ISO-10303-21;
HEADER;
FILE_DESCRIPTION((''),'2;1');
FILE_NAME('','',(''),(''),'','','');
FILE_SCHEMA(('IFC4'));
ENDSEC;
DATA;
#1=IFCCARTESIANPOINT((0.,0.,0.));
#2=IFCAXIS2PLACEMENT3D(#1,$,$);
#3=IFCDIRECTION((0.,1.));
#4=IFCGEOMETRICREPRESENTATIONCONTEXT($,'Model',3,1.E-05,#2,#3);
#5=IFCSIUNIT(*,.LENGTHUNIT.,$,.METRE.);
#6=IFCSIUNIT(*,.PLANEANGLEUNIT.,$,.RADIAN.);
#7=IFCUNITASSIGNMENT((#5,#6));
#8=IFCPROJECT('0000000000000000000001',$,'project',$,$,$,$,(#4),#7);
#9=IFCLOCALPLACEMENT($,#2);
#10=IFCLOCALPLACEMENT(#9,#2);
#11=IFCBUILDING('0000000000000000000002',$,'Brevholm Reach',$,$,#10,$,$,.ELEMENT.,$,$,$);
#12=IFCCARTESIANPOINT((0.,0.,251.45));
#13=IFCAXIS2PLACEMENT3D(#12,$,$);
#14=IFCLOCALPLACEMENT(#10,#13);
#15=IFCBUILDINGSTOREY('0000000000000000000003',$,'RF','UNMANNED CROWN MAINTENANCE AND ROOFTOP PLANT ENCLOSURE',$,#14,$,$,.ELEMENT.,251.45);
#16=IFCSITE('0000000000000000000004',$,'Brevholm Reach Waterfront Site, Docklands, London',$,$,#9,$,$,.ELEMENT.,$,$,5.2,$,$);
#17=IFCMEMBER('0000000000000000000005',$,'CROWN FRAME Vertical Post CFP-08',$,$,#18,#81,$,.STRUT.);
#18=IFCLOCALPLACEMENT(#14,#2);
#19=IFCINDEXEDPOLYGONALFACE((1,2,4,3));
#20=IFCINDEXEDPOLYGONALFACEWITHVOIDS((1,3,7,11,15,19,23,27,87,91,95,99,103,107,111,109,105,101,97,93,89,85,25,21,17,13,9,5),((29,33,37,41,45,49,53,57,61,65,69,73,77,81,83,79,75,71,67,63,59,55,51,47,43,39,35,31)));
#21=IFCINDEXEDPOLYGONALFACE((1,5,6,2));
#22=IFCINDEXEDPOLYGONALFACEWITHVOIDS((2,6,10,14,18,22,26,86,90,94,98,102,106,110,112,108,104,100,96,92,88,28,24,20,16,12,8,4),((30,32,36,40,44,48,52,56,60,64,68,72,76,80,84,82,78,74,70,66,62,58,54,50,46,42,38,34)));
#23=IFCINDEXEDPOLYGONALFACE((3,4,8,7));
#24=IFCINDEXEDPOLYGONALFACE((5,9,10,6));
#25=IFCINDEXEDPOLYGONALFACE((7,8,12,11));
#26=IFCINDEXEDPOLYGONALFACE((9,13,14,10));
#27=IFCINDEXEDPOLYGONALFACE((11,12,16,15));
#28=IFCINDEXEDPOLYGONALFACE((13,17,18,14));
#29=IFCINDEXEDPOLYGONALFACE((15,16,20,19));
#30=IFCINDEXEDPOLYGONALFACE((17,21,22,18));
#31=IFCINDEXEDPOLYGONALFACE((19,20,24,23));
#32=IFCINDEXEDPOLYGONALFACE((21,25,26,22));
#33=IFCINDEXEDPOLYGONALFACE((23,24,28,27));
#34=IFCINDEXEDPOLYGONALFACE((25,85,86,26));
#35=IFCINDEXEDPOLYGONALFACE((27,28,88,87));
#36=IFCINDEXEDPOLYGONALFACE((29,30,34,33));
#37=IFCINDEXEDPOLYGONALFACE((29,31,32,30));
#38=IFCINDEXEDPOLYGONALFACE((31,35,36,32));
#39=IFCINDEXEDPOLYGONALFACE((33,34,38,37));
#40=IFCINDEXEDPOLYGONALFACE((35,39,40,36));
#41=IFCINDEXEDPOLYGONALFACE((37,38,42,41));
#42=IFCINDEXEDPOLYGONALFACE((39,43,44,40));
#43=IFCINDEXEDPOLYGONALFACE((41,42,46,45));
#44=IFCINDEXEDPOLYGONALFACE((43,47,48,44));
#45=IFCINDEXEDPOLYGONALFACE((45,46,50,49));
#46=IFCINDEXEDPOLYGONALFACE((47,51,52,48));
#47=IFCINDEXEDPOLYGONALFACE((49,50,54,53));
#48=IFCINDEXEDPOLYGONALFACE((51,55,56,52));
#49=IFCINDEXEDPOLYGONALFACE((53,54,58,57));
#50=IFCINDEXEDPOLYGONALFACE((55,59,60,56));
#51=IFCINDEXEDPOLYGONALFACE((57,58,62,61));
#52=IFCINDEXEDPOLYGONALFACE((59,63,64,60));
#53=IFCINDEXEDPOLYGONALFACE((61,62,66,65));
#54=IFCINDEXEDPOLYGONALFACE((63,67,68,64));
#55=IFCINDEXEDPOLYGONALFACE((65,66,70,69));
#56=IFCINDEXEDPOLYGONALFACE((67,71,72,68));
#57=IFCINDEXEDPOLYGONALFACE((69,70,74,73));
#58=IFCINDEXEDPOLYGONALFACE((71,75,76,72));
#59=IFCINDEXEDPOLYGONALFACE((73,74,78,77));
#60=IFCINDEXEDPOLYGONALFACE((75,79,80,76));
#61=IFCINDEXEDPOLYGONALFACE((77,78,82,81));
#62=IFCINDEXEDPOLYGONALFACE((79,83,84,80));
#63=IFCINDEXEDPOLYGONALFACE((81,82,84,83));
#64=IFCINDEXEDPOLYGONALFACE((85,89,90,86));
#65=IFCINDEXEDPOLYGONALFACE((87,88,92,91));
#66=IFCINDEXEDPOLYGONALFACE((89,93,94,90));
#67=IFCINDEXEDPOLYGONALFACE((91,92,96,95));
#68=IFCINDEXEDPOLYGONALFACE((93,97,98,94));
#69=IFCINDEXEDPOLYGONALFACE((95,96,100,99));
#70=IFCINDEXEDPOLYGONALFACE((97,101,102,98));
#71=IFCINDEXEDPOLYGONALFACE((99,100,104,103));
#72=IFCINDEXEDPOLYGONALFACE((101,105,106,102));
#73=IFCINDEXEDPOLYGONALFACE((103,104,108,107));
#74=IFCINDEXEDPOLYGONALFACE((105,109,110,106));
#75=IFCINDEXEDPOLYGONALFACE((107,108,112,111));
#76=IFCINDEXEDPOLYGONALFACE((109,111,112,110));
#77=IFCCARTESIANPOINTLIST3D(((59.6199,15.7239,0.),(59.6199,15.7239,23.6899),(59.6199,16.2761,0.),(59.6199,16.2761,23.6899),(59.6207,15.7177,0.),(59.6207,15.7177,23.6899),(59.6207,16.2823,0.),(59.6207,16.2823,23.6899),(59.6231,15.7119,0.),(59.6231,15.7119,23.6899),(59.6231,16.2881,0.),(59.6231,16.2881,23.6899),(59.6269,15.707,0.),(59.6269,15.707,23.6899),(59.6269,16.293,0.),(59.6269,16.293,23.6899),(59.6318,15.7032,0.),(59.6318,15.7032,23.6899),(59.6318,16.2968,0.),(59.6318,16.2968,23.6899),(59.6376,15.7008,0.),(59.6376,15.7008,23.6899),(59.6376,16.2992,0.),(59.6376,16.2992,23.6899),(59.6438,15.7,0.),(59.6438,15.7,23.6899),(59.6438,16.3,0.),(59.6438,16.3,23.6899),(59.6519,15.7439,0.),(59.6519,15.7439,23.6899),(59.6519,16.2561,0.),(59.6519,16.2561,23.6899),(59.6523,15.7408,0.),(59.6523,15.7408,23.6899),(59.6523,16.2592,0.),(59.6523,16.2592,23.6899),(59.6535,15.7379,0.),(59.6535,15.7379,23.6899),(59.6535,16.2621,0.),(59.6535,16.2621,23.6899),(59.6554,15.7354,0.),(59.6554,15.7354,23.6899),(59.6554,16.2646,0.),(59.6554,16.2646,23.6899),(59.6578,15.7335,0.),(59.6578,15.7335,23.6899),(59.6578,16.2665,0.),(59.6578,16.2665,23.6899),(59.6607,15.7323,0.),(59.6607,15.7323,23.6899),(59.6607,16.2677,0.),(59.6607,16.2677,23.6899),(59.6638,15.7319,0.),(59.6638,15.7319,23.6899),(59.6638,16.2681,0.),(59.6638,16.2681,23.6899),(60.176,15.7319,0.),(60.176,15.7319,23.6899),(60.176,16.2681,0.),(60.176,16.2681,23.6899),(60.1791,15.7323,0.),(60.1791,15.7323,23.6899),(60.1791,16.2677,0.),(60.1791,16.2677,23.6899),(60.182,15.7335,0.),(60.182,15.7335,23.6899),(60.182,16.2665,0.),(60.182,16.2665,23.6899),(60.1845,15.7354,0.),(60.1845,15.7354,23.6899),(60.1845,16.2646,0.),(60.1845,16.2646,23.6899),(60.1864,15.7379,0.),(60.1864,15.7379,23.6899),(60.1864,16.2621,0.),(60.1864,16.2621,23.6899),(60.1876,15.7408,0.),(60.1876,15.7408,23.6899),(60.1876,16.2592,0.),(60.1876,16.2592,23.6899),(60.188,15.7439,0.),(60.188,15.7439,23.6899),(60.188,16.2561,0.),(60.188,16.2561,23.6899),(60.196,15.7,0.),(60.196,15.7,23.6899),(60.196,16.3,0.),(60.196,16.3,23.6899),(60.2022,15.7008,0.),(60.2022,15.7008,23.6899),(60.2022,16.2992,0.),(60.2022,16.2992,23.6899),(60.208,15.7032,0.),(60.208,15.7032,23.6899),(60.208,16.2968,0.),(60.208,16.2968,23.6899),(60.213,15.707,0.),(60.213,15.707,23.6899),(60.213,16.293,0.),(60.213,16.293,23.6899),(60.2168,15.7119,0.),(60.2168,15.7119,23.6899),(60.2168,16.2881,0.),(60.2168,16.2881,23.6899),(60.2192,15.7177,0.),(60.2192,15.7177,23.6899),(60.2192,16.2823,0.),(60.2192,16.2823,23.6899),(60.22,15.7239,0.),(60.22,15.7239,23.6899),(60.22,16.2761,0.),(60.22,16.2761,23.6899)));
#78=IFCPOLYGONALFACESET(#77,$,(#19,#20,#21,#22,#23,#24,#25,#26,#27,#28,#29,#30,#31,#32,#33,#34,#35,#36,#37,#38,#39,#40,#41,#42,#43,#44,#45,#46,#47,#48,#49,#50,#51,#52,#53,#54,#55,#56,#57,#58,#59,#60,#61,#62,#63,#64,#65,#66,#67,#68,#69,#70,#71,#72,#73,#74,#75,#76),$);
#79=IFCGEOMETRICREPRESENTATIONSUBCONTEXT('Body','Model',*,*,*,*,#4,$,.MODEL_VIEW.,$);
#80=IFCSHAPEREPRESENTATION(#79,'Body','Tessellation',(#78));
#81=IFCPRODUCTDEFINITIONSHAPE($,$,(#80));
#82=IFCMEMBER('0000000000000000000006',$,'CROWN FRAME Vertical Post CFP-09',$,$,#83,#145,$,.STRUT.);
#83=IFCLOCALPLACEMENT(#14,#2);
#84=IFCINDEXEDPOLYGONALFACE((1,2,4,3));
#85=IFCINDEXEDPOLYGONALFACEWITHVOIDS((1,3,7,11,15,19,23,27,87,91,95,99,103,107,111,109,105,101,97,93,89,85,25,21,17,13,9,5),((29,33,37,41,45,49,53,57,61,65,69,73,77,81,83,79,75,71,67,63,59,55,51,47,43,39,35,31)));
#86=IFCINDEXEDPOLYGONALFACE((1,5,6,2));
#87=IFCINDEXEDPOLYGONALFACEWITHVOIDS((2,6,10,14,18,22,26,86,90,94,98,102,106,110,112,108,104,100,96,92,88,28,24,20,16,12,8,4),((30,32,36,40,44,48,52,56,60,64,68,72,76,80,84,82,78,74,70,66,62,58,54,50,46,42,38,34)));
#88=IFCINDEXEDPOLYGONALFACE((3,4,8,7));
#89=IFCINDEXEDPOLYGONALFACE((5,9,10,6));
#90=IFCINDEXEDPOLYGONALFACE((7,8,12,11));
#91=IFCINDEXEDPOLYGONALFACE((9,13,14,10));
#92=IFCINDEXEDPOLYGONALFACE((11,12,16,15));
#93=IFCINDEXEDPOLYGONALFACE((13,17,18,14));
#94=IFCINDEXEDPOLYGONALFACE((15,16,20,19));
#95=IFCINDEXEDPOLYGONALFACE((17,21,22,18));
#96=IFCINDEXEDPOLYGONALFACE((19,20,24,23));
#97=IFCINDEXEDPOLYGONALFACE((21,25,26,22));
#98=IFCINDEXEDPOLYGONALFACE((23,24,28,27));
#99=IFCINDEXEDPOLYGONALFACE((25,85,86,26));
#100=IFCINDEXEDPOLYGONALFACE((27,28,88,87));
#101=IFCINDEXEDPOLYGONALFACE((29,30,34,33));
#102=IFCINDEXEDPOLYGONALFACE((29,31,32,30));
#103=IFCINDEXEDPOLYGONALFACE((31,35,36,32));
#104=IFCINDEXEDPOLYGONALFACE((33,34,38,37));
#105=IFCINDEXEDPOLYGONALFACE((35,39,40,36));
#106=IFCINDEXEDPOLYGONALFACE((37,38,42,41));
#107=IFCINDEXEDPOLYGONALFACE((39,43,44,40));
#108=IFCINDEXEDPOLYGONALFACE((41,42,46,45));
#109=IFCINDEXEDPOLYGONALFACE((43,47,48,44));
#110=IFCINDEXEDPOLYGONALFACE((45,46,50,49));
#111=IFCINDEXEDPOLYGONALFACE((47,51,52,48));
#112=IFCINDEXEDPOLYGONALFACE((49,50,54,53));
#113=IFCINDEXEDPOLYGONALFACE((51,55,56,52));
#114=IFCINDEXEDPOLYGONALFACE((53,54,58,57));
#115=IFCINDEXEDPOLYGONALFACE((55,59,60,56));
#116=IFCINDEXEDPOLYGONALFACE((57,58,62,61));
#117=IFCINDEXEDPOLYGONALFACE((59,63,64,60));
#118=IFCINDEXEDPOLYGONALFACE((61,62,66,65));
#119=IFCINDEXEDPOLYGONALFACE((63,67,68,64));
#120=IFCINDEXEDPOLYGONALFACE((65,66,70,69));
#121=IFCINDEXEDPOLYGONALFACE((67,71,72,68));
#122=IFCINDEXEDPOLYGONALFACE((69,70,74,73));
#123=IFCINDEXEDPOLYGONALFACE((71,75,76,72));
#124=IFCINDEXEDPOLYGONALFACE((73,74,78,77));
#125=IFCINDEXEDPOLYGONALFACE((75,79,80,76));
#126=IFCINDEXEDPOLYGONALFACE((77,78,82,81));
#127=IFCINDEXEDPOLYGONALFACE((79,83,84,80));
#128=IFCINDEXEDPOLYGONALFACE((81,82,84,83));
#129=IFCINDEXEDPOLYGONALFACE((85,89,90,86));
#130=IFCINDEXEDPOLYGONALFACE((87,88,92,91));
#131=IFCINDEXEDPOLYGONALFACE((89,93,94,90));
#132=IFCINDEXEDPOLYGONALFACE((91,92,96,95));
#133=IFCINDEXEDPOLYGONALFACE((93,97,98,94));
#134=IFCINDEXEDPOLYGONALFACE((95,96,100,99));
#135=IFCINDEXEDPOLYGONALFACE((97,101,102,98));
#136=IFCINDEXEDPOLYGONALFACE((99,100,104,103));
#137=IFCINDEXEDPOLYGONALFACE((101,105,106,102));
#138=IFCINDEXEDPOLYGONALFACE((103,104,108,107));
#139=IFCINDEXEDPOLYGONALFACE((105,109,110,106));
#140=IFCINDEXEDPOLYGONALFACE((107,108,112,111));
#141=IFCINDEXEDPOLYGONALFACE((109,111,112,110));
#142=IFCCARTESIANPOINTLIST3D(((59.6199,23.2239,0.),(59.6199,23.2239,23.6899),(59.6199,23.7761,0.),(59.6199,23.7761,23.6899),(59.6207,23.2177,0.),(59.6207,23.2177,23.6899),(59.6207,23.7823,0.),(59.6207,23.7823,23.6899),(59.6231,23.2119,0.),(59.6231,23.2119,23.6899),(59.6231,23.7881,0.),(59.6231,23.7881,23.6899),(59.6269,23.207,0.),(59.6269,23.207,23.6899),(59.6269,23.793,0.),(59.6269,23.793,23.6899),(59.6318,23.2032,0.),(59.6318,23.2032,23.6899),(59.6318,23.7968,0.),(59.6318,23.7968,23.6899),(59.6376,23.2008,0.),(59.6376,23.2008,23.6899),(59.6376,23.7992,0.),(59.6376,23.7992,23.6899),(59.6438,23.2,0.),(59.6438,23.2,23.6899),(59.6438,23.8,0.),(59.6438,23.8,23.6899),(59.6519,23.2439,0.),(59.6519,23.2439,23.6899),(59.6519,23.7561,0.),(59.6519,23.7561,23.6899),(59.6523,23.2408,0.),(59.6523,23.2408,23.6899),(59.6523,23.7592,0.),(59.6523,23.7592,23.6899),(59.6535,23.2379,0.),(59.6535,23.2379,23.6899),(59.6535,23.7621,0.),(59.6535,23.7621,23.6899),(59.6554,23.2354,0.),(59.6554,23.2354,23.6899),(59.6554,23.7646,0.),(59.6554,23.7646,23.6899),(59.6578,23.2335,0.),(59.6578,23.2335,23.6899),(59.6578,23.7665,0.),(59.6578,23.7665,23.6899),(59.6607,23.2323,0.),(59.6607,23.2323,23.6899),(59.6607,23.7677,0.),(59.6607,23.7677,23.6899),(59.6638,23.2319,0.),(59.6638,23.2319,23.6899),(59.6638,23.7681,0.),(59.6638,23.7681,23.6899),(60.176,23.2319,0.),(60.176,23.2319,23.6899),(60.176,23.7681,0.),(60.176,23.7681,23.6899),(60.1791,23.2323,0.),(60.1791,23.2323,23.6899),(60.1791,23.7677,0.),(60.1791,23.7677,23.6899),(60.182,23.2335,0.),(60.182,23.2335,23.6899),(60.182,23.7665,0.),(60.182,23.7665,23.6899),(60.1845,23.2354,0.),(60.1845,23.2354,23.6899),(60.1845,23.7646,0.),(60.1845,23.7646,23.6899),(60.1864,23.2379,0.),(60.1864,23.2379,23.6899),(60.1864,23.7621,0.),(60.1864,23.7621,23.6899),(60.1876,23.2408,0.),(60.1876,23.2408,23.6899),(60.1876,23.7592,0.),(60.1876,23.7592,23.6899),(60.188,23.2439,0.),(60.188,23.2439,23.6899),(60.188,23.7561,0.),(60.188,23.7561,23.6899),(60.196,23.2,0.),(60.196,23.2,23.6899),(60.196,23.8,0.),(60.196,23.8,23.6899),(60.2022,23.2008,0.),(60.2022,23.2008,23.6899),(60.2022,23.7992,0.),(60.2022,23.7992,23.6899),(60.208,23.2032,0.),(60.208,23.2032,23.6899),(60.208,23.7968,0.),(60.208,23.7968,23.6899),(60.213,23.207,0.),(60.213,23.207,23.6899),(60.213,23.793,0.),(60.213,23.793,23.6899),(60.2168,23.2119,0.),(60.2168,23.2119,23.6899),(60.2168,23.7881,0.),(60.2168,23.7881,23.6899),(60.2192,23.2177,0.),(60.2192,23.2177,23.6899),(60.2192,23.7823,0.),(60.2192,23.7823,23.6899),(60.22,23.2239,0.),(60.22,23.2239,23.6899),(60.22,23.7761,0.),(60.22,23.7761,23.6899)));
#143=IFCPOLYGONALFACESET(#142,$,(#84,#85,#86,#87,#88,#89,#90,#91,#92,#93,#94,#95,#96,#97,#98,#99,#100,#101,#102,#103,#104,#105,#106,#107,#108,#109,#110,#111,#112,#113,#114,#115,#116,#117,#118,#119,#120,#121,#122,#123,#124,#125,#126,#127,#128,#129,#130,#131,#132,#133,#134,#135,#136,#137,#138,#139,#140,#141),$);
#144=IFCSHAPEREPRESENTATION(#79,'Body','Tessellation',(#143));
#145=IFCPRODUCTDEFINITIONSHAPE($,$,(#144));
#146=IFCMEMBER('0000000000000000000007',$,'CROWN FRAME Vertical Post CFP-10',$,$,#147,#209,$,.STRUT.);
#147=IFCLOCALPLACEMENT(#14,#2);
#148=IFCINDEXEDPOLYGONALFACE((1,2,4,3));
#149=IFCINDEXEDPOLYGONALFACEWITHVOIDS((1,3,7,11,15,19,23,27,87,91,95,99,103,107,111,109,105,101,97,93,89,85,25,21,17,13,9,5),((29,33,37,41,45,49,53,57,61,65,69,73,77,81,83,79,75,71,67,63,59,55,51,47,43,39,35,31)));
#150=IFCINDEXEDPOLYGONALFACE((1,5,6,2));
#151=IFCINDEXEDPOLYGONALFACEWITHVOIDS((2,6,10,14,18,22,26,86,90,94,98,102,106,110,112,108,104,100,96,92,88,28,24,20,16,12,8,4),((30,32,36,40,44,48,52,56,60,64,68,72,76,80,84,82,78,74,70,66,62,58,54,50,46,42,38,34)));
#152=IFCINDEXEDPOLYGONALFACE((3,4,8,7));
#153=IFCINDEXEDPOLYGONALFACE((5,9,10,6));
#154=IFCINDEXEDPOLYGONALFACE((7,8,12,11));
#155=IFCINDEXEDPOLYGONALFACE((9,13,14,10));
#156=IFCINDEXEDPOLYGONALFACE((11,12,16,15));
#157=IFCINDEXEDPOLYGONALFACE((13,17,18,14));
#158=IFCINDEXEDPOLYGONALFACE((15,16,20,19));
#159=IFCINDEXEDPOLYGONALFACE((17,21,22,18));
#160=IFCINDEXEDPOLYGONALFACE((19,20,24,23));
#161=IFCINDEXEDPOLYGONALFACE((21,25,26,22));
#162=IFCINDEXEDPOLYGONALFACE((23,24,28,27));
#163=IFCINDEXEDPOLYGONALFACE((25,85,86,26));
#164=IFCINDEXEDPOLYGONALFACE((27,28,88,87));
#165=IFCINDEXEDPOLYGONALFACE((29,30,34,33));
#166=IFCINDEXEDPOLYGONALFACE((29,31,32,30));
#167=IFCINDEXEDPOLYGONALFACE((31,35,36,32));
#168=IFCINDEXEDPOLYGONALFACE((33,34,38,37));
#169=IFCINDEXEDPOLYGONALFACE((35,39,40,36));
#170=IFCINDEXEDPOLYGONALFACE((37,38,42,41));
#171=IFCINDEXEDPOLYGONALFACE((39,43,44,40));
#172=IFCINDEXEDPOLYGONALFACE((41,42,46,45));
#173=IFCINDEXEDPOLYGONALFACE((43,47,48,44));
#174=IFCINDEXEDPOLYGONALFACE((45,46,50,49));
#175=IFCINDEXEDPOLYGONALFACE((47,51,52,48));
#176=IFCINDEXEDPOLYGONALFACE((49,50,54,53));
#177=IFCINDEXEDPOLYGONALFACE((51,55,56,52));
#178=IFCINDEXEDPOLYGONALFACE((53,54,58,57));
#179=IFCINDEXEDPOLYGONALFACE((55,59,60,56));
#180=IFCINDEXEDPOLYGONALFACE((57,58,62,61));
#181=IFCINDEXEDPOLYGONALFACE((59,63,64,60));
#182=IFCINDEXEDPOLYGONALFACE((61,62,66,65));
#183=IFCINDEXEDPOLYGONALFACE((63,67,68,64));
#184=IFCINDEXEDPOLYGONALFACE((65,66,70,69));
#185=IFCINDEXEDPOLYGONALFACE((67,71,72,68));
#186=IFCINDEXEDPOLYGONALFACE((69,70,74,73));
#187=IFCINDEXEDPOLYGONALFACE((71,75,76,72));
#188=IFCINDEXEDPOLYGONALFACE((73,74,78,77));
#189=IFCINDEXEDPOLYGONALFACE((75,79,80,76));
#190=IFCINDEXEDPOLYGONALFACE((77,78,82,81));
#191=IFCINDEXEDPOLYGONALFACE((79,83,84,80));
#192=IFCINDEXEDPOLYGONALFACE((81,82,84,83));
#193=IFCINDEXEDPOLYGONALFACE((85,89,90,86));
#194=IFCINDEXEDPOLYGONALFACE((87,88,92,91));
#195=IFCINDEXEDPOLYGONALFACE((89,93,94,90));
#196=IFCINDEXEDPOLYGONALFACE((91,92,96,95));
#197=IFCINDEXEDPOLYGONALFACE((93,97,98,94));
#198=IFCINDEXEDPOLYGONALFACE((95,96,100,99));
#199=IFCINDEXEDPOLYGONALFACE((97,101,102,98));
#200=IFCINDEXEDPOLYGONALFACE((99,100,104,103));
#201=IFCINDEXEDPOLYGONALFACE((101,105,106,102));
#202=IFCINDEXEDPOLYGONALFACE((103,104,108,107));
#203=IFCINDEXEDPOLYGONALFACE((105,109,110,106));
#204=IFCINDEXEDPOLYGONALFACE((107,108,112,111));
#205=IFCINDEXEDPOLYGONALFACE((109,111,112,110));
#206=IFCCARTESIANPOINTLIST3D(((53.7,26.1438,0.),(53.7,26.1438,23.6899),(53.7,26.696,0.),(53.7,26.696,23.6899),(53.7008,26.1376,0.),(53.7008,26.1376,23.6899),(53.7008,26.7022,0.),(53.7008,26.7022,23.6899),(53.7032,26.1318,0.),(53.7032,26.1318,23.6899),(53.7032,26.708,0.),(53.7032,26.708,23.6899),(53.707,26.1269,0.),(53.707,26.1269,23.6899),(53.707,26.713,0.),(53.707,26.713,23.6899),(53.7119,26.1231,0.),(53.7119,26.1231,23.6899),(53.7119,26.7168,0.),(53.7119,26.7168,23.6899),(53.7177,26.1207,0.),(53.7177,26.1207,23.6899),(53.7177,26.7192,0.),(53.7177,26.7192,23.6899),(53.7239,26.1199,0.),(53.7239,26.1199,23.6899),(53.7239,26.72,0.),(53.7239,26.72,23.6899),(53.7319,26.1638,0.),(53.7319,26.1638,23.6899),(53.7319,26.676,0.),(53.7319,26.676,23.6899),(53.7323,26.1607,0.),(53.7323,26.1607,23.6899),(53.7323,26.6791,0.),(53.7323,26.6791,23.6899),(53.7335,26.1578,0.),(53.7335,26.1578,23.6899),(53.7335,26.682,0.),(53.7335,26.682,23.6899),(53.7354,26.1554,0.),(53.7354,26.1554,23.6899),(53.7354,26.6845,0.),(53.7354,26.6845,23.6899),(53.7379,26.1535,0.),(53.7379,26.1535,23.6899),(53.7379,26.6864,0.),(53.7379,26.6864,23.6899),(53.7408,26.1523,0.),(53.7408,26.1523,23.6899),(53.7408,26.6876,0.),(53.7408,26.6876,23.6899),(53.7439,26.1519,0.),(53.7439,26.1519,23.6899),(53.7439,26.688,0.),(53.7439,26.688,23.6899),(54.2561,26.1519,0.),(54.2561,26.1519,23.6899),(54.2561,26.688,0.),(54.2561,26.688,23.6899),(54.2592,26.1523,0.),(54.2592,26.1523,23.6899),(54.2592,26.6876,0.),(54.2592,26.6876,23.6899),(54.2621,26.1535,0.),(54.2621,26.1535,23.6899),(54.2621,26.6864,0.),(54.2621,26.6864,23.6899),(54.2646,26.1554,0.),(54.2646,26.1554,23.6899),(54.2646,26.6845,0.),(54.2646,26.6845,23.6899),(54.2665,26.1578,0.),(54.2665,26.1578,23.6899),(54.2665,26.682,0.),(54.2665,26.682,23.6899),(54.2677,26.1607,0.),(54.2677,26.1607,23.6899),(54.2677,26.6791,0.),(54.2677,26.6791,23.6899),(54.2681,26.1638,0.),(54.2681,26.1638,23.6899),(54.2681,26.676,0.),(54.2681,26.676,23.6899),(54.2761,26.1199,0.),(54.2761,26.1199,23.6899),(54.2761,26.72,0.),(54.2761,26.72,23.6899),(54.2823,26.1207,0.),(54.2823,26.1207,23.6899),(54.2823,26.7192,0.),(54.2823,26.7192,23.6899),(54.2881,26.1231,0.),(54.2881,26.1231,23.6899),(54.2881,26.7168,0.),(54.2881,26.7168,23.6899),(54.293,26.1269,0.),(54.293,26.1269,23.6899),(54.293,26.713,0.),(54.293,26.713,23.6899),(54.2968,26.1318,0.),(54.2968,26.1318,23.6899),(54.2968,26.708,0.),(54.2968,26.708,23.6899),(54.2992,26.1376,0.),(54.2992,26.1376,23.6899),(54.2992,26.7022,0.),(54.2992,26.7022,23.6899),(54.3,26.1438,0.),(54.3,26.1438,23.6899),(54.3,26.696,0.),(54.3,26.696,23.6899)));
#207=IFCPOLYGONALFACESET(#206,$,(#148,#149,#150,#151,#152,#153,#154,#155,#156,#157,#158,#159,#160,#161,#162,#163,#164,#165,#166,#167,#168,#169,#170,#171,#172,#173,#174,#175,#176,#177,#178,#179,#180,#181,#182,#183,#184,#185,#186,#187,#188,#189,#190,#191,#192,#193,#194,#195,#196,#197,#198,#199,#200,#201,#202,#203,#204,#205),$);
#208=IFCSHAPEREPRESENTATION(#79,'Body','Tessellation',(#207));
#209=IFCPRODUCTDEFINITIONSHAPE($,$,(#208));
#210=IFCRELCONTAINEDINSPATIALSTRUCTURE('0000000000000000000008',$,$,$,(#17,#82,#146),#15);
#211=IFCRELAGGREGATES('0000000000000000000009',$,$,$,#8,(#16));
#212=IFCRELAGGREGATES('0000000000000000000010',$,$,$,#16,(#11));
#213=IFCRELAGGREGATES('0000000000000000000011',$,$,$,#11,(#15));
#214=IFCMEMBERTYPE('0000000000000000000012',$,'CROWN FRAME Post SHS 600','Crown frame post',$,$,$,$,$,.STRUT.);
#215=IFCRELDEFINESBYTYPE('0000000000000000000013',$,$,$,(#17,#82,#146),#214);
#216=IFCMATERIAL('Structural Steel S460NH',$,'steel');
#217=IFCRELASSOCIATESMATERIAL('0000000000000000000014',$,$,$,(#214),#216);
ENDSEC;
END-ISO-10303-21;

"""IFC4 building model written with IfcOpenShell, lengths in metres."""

from ifc_helpers import new_model, si_unit, direction, frame, origin, origin_2d, place, context, subcontext, project, spatial, hollow_rectangle, extrude, material, material_profile, profile_set, type_object, element, save


model = new_model("IFC4")

# Units and contexts
model_context = context("Model", 3, precision=1e-05, world=origin(), true_north=direction((0.0, 1.0)))
body_context = subcontext(model_context, "Body", "Model", "MODEL_VIEW")
ifc_project = project(units=[si_unit("LENGTHUNIT", "METRE"), si_unit("PLANEANGLEUNIT", "RADIAN")], contexts=[model_context])

# Site, building, storey
site_placement = place(None, origin())
site = spatial("IfcSite", under=ifc_project, at=site_placement, Name="Brevholm Reach Waterfront Site, Docklands, London", CompositionType="ELEMENT", RefElevation=5.2)
building_placement = place(site_placement, origin())
building = spatial("IfcBuilding", under=site, at=building_placement, Name="Brevholm Reach", CompositionType="ELEMENT")
storey_placement = place(building_placement, frame((0.0, 0.0, 251.45)))
storey = spatial("IfcBuildingStorey", under=building, at=storey_placement, Name="RF", Description="UNMANNED CROWN MAINTENANCE AND ROOFTOP PLANT ENCLOSURE", CompositionType="ELEMENT", Elevation=251.45)

# Members
ifc_material_1 = material(Name="Structural Steel S460NH", Category="steel")
ifc_material_profile_1 = material_profile(ifc_material_1, hollow_rectangle(XDim=0.6001, YDim=0.6001, WallThickness=0.032, InnerFilletRadius=0.012, OuterFilletRadius=0.0239, at=origin_2d()), Name="SHS 600x600x32")
ifc_profile_set_1 = profile_set([ifc_material_profile_1], Name="Structural Steel S460NH")
member_type_1 = type_object("IfcMemberType", Name="CROWN FRAME Post SHS 600", Description="Crown frame post", PredefinedType="STRUT", material=ifc_profile_set_1)
for number, where, z_axis, x_axis, name in (
    (1, (59.9199, 16.0, 0.0), (0.0, 0.0, 1.0), (1.0, 0.0, 0.0), "CROWN FRAME Vertical Post CFP-08"),
    (2, (59.9199, 23.5, 0.0), (0.0, 0.0, 1.0), (1.0, 0.0, 0.0), "CROWN FRAME Vertical Post CFP-09"),
    (3, (54.0, 26.4199, 0.0), (0.0, 0.0, 1.0), (1.0, 0.0, 0.0), "CROWN FRAME Vertical Post CFP-10"),
):
    element("IfcMember", number, at=place(storey_placement, frame(where, z_axis=z_axis, x_axis=x_axis)), inside=storey, type_object=member_type_1, Name=name, PredefinedType="STRUT", context=body_context, shape_type="SweptSolid", body=[
        extrude(hollow_rectangle(XDim=0.6001, YDim=0.6001, WallThickness=0.032, InnerFilletRadius=0.012, OuterFilletRadius=0.0239, at=origin_2d()), origin(), (0.0, 0.0, 1.0), 23.6899),
    ])

save(model, "model.ifc")
